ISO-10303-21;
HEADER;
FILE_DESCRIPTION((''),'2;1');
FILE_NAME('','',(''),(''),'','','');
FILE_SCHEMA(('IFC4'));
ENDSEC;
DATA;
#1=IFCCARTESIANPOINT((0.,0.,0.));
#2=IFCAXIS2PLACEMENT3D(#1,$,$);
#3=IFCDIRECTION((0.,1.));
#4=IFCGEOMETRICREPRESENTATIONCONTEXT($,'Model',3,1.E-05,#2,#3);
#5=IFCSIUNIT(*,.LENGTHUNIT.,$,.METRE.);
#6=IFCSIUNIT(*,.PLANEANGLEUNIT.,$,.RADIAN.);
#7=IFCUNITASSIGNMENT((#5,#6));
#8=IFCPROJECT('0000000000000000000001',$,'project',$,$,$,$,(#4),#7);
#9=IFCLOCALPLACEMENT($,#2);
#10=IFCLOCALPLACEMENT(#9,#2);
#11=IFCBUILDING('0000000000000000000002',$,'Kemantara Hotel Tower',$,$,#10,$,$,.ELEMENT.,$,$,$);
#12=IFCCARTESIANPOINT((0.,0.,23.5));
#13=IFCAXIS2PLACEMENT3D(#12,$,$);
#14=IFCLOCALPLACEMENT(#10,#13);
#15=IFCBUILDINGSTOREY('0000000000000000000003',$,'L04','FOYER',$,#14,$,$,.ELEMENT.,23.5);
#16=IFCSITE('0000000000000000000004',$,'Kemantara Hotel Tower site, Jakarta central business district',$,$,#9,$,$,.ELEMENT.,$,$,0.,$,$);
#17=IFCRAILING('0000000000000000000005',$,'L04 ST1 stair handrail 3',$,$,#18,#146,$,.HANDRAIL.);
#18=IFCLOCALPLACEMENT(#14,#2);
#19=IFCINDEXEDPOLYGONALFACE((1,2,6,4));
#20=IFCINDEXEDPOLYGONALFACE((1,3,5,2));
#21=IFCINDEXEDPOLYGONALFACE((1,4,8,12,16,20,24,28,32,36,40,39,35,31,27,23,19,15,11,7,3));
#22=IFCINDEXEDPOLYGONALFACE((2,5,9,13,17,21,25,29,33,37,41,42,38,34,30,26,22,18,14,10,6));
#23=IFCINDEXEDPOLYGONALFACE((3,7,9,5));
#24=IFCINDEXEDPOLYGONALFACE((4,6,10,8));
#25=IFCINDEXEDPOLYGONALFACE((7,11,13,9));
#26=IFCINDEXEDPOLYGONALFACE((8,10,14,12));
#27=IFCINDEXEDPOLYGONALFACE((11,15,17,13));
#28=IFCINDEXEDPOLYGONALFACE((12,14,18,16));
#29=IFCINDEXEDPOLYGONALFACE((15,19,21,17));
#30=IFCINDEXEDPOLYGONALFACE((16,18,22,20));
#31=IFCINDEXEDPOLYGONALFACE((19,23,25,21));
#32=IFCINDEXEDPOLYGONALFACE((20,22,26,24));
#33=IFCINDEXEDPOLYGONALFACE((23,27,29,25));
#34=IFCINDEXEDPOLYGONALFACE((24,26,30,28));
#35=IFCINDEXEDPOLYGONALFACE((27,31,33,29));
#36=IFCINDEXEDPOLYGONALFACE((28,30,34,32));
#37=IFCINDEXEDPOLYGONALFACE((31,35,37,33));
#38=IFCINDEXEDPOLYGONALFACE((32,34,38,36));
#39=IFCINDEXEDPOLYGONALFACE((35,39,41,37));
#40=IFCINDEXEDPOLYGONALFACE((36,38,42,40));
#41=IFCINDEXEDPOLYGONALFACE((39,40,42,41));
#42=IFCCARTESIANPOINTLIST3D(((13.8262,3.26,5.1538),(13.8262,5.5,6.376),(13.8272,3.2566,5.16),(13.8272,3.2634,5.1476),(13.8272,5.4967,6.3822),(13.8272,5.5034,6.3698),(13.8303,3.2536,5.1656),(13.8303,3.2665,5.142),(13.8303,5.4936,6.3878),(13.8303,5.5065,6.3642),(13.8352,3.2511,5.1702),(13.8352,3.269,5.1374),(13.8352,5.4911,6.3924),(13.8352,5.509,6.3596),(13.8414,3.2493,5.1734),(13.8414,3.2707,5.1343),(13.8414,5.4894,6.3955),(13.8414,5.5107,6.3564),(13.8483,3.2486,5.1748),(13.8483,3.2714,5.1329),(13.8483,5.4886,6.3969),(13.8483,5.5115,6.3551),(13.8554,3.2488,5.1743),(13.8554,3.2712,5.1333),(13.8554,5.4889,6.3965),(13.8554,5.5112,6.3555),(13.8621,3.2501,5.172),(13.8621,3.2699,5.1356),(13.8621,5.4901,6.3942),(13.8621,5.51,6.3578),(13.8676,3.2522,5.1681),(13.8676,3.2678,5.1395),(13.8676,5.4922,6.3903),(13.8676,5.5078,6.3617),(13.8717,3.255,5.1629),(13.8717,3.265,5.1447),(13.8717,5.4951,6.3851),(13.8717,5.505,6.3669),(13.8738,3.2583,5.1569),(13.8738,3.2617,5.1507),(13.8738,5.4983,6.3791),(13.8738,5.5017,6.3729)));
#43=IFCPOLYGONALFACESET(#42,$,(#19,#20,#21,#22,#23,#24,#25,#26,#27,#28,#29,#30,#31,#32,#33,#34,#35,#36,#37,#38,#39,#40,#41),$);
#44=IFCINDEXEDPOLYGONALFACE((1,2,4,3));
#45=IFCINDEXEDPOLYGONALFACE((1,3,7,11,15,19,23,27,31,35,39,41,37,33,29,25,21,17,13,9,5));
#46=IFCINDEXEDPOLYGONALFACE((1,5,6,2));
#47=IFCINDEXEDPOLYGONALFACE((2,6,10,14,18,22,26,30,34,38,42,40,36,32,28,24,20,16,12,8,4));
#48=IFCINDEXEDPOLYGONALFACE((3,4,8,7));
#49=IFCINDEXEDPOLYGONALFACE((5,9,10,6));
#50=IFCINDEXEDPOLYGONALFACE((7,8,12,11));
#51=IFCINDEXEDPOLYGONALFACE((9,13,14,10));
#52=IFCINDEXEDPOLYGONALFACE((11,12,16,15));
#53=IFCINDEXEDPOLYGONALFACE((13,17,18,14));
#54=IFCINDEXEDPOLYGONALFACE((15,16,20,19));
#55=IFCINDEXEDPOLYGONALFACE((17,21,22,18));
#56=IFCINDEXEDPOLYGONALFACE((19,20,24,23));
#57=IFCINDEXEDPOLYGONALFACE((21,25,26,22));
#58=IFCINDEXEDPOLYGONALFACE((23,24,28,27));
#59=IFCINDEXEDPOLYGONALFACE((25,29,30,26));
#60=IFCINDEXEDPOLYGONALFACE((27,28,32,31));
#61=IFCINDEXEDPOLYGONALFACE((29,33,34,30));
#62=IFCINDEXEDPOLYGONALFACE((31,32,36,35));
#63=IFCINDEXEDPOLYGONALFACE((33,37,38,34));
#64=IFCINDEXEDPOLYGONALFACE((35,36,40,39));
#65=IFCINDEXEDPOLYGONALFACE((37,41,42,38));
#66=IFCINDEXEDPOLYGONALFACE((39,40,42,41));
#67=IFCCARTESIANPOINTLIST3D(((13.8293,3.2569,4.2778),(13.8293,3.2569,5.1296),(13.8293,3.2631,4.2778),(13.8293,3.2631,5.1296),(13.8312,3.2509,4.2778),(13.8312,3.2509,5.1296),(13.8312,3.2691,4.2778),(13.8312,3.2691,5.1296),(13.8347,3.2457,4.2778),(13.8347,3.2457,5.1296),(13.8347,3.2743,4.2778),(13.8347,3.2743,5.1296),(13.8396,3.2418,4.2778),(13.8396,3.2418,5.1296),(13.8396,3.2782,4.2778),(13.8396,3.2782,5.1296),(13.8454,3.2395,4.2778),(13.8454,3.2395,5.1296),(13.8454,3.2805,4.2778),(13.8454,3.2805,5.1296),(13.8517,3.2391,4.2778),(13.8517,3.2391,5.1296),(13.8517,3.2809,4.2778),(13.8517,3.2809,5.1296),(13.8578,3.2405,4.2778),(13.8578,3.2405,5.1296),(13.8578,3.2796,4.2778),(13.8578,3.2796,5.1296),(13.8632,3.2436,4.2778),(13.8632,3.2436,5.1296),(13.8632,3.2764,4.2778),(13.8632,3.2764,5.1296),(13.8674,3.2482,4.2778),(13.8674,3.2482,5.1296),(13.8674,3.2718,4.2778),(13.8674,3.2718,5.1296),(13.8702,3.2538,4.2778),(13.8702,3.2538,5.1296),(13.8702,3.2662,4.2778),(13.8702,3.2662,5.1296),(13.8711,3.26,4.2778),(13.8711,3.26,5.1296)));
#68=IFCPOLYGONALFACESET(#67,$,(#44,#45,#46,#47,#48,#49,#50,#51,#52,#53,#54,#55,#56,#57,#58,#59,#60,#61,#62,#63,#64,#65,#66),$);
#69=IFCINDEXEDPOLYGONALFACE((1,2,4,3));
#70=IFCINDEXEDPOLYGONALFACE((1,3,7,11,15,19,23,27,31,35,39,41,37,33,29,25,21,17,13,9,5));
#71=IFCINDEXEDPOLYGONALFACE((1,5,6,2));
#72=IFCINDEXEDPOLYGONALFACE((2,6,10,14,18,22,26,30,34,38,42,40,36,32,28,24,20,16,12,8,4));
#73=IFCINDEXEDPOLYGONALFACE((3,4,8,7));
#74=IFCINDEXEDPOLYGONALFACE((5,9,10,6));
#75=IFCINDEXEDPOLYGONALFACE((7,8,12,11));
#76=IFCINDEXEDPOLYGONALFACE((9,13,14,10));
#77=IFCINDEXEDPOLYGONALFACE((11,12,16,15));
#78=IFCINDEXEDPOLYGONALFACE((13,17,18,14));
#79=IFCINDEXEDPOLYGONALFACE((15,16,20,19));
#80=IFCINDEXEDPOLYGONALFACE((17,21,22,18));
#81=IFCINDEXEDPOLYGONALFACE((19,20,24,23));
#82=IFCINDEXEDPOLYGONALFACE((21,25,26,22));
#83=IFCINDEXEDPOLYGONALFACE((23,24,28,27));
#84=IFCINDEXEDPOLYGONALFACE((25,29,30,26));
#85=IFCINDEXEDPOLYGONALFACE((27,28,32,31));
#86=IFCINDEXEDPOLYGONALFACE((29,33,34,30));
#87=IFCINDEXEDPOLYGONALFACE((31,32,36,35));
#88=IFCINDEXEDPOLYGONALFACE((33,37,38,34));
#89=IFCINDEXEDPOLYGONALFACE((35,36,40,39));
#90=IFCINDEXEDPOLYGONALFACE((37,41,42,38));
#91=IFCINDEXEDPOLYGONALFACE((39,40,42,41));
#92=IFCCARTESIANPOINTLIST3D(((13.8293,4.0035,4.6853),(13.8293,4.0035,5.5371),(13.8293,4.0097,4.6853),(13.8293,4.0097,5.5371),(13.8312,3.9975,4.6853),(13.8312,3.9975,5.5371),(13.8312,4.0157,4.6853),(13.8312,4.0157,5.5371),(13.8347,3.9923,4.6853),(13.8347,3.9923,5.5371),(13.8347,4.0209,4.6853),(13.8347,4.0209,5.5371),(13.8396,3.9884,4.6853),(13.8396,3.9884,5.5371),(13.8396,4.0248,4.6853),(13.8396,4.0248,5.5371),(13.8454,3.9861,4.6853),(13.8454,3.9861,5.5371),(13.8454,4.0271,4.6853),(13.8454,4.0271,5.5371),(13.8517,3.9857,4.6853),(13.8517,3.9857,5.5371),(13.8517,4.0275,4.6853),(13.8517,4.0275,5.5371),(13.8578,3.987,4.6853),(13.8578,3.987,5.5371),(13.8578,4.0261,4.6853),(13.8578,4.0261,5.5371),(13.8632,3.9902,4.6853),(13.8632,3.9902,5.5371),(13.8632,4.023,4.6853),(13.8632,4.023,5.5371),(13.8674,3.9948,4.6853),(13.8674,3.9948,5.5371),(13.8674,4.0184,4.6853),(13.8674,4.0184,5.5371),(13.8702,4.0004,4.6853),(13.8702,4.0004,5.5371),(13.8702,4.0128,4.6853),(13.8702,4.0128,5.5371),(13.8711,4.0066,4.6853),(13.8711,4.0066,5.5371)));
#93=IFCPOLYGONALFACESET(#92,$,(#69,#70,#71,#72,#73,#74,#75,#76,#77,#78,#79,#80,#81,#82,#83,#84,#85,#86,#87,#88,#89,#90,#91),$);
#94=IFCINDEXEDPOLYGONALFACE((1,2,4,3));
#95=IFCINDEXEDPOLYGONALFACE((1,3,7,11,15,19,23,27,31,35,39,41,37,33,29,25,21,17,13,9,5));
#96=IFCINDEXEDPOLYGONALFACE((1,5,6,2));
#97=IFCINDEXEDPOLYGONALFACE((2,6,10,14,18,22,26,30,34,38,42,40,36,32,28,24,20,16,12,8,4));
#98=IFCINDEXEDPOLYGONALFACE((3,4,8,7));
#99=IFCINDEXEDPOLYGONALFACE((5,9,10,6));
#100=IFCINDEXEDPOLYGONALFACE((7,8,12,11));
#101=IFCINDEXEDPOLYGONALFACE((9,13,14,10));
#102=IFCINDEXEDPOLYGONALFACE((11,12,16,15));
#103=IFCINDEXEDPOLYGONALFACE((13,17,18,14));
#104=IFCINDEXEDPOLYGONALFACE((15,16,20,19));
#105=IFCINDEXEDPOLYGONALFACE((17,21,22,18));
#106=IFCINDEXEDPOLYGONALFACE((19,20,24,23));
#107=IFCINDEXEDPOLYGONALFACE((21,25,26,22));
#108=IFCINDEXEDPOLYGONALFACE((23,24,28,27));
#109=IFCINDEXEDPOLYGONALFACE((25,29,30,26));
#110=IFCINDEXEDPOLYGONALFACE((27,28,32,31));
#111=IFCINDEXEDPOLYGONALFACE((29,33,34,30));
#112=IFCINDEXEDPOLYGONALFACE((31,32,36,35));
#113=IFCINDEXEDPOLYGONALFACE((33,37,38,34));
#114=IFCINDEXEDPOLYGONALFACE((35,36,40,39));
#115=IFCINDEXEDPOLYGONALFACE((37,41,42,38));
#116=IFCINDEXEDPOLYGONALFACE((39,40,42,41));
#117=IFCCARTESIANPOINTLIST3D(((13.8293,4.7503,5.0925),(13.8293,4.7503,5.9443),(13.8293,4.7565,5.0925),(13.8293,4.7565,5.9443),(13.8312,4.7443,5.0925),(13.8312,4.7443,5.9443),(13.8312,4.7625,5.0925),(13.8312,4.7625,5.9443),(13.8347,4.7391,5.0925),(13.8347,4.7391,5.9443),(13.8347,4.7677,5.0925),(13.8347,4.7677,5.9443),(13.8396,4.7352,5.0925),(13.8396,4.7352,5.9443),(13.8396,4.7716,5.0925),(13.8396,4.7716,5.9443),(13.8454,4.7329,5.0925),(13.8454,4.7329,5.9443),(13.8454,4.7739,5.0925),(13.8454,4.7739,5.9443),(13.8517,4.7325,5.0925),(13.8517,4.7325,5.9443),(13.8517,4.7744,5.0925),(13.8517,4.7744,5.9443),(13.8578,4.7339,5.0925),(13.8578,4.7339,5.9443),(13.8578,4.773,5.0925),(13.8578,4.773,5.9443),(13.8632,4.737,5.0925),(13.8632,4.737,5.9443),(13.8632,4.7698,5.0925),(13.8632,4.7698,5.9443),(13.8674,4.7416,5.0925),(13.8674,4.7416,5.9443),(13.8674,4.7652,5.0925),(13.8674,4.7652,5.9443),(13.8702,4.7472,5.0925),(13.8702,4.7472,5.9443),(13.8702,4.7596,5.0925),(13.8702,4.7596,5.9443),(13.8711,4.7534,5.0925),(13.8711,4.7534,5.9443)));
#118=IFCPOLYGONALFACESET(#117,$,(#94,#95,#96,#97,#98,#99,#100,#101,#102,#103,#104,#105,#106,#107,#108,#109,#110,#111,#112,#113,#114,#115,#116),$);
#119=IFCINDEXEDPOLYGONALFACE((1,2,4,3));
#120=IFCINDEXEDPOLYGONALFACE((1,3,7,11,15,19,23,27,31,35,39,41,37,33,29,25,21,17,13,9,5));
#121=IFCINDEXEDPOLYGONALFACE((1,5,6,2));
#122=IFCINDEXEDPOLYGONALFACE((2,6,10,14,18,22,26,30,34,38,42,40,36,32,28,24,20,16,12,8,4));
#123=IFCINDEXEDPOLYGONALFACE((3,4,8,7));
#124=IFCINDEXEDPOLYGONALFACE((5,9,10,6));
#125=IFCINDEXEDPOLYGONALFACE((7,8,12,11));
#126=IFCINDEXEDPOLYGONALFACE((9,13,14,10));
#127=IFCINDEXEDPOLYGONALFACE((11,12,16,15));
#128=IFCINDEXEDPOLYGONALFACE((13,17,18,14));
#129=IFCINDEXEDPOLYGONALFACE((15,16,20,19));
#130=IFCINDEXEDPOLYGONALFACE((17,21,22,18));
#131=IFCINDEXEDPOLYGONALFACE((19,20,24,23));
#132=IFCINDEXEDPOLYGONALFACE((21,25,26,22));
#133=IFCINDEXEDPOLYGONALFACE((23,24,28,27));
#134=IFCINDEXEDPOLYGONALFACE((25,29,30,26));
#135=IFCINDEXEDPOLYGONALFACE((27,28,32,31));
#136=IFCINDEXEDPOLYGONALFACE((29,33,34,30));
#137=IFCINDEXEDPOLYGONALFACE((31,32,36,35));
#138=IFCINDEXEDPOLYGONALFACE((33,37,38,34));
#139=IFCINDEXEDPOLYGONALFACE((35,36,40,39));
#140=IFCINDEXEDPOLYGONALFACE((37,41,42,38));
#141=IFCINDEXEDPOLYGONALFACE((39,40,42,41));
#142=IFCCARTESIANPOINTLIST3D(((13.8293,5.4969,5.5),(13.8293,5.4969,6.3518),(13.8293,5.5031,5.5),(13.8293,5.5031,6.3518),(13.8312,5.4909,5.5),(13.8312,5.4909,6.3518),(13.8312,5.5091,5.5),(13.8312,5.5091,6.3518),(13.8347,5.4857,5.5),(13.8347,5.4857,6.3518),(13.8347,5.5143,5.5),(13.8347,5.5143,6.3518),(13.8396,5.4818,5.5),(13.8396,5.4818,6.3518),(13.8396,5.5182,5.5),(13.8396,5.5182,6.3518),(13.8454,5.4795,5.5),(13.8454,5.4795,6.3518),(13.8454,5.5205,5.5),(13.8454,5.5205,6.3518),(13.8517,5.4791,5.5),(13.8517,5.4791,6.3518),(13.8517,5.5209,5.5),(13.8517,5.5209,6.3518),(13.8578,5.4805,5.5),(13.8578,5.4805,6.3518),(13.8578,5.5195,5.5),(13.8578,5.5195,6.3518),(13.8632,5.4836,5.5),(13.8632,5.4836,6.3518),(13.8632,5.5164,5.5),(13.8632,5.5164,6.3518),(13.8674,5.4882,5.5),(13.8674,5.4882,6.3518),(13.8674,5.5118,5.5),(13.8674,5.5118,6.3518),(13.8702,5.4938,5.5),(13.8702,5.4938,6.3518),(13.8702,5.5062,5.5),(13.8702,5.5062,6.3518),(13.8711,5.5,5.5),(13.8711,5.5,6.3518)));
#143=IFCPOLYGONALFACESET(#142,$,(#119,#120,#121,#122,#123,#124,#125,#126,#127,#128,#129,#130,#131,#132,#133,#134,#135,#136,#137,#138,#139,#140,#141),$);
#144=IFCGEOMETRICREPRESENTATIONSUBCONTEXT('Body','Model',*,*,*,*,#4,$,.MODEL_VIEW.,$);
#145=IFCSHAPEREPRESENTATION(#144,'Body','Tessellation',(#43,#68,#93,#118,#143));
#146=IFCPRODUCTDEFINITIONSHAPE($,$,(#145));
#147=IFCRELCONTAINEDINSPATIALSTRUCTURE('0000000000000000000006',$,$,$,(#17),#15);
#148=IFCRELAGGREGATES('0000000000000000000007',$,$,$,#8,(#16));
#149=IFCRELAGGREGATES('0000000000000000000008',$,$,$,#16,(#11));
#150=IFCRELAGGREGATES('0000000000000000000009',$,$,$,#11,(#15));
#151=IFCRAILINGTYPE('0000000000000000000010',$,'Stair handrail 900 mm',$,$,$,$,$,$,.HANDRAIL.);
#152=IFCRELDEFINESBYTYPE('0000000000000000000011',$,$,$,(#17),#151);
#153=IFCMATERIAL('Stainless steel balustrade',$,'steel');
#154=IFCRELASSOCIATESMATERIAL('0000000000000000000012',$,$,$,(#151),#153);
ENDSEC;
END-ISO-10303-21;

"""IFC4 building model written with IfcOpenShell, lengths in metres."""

from ifc_helpers import new_model, si_unit, direction, frame, origin, origin_2d, place, context, subcontext, project, spatial, circle, extrude, material, type_object, element, save


model = new_model("IFC4")

# Units and contexts
model_context = context("Model", 3, precision=1e-05, world=origin(), true_north=direction((0.0, 1.0)))
body_context = subcontext(model_context, "Body", "Model", "MODEL_VIEW")
ifc_project = project(units=[si_unit("LENGTHUNIT", "METRE"), si_unit("PLANEANGLEUNIT", "RADIAN")], contexts=[model_context])

# Site, building, storey
site_placement = place(None, origin())
site = spatial("IfcSite", under=ifc_project, at=site_placement, Name="Kemantara Hotel Tower site, Jakarta central business district", CompositionType="ELEMENT", RefElevation=0.0)
building_placement = place(site_placement, origin())
building = spatial("IfcBuilding", under=site, at=building_placement, Name="Kemantara Hotel Tower", CompositionType="ELEMENT")
storey_placement = place(building_placement, frame((0.0, 0.0, 23.5)))
storey = spatial("IfcBuildingStorey", under=building, at=storey_placement, Name="L04", Description="FOYER", CompositionType="ELEMENT", Elevation=23.5)

# Railing
ifc_material_1 = material(Name="Stainless steel balustrade", Category="steel")
railing_type = type_object("IfcRailingType", Name="Stair handrail 900 mm", PredefinedType="HANDRAIL", material=ifc_material_1)
railing_1_placement = place(storey_placement, frame((13.8501, 3.26, 4.2778)))
element("IfcRailing", 1, at=railing_1_placement, inside=storey, type_object=railing_type, Name="L04 ST1 stair handrail 3", PredefinedType="HANDRAIL", context=body_context, shape_type="SweptSolid", body=[
    extrude(circle(Radius=0.0239, at=origin_2d()), frame((0.0, 0.0, 0.876), z_axis=(0.0, 0.877837, 0.478959), x_axis=(-1.0, 0.0, 0.0)), (0.0, 0.0, 1.0), 2.5518),
    extrude(circle(Radius=0.021, at=origin_2d()), origin(), (0.0, 0.0, 1.0), 0.8518),
    extrude(circle(Radius=0.021, at=origin_2d()), frame((0.0, 0.7466, 0.4075)), (0.0, 0.0, 1.0), 0.8518),
    extrude(circle(Radius=0.021, at=origin_2d()), frame((0.0, 1.4934, 0.8147)), (0.0, 0.0, 1.0), 0.8518),
    extrude(circle(Radius=0.021, at=origin_2d()), frame((0.0, 2.24, 1.2222)), (0.0, 0.0, 1.0), 0.8518),
])

save(model, "model.ifc")
